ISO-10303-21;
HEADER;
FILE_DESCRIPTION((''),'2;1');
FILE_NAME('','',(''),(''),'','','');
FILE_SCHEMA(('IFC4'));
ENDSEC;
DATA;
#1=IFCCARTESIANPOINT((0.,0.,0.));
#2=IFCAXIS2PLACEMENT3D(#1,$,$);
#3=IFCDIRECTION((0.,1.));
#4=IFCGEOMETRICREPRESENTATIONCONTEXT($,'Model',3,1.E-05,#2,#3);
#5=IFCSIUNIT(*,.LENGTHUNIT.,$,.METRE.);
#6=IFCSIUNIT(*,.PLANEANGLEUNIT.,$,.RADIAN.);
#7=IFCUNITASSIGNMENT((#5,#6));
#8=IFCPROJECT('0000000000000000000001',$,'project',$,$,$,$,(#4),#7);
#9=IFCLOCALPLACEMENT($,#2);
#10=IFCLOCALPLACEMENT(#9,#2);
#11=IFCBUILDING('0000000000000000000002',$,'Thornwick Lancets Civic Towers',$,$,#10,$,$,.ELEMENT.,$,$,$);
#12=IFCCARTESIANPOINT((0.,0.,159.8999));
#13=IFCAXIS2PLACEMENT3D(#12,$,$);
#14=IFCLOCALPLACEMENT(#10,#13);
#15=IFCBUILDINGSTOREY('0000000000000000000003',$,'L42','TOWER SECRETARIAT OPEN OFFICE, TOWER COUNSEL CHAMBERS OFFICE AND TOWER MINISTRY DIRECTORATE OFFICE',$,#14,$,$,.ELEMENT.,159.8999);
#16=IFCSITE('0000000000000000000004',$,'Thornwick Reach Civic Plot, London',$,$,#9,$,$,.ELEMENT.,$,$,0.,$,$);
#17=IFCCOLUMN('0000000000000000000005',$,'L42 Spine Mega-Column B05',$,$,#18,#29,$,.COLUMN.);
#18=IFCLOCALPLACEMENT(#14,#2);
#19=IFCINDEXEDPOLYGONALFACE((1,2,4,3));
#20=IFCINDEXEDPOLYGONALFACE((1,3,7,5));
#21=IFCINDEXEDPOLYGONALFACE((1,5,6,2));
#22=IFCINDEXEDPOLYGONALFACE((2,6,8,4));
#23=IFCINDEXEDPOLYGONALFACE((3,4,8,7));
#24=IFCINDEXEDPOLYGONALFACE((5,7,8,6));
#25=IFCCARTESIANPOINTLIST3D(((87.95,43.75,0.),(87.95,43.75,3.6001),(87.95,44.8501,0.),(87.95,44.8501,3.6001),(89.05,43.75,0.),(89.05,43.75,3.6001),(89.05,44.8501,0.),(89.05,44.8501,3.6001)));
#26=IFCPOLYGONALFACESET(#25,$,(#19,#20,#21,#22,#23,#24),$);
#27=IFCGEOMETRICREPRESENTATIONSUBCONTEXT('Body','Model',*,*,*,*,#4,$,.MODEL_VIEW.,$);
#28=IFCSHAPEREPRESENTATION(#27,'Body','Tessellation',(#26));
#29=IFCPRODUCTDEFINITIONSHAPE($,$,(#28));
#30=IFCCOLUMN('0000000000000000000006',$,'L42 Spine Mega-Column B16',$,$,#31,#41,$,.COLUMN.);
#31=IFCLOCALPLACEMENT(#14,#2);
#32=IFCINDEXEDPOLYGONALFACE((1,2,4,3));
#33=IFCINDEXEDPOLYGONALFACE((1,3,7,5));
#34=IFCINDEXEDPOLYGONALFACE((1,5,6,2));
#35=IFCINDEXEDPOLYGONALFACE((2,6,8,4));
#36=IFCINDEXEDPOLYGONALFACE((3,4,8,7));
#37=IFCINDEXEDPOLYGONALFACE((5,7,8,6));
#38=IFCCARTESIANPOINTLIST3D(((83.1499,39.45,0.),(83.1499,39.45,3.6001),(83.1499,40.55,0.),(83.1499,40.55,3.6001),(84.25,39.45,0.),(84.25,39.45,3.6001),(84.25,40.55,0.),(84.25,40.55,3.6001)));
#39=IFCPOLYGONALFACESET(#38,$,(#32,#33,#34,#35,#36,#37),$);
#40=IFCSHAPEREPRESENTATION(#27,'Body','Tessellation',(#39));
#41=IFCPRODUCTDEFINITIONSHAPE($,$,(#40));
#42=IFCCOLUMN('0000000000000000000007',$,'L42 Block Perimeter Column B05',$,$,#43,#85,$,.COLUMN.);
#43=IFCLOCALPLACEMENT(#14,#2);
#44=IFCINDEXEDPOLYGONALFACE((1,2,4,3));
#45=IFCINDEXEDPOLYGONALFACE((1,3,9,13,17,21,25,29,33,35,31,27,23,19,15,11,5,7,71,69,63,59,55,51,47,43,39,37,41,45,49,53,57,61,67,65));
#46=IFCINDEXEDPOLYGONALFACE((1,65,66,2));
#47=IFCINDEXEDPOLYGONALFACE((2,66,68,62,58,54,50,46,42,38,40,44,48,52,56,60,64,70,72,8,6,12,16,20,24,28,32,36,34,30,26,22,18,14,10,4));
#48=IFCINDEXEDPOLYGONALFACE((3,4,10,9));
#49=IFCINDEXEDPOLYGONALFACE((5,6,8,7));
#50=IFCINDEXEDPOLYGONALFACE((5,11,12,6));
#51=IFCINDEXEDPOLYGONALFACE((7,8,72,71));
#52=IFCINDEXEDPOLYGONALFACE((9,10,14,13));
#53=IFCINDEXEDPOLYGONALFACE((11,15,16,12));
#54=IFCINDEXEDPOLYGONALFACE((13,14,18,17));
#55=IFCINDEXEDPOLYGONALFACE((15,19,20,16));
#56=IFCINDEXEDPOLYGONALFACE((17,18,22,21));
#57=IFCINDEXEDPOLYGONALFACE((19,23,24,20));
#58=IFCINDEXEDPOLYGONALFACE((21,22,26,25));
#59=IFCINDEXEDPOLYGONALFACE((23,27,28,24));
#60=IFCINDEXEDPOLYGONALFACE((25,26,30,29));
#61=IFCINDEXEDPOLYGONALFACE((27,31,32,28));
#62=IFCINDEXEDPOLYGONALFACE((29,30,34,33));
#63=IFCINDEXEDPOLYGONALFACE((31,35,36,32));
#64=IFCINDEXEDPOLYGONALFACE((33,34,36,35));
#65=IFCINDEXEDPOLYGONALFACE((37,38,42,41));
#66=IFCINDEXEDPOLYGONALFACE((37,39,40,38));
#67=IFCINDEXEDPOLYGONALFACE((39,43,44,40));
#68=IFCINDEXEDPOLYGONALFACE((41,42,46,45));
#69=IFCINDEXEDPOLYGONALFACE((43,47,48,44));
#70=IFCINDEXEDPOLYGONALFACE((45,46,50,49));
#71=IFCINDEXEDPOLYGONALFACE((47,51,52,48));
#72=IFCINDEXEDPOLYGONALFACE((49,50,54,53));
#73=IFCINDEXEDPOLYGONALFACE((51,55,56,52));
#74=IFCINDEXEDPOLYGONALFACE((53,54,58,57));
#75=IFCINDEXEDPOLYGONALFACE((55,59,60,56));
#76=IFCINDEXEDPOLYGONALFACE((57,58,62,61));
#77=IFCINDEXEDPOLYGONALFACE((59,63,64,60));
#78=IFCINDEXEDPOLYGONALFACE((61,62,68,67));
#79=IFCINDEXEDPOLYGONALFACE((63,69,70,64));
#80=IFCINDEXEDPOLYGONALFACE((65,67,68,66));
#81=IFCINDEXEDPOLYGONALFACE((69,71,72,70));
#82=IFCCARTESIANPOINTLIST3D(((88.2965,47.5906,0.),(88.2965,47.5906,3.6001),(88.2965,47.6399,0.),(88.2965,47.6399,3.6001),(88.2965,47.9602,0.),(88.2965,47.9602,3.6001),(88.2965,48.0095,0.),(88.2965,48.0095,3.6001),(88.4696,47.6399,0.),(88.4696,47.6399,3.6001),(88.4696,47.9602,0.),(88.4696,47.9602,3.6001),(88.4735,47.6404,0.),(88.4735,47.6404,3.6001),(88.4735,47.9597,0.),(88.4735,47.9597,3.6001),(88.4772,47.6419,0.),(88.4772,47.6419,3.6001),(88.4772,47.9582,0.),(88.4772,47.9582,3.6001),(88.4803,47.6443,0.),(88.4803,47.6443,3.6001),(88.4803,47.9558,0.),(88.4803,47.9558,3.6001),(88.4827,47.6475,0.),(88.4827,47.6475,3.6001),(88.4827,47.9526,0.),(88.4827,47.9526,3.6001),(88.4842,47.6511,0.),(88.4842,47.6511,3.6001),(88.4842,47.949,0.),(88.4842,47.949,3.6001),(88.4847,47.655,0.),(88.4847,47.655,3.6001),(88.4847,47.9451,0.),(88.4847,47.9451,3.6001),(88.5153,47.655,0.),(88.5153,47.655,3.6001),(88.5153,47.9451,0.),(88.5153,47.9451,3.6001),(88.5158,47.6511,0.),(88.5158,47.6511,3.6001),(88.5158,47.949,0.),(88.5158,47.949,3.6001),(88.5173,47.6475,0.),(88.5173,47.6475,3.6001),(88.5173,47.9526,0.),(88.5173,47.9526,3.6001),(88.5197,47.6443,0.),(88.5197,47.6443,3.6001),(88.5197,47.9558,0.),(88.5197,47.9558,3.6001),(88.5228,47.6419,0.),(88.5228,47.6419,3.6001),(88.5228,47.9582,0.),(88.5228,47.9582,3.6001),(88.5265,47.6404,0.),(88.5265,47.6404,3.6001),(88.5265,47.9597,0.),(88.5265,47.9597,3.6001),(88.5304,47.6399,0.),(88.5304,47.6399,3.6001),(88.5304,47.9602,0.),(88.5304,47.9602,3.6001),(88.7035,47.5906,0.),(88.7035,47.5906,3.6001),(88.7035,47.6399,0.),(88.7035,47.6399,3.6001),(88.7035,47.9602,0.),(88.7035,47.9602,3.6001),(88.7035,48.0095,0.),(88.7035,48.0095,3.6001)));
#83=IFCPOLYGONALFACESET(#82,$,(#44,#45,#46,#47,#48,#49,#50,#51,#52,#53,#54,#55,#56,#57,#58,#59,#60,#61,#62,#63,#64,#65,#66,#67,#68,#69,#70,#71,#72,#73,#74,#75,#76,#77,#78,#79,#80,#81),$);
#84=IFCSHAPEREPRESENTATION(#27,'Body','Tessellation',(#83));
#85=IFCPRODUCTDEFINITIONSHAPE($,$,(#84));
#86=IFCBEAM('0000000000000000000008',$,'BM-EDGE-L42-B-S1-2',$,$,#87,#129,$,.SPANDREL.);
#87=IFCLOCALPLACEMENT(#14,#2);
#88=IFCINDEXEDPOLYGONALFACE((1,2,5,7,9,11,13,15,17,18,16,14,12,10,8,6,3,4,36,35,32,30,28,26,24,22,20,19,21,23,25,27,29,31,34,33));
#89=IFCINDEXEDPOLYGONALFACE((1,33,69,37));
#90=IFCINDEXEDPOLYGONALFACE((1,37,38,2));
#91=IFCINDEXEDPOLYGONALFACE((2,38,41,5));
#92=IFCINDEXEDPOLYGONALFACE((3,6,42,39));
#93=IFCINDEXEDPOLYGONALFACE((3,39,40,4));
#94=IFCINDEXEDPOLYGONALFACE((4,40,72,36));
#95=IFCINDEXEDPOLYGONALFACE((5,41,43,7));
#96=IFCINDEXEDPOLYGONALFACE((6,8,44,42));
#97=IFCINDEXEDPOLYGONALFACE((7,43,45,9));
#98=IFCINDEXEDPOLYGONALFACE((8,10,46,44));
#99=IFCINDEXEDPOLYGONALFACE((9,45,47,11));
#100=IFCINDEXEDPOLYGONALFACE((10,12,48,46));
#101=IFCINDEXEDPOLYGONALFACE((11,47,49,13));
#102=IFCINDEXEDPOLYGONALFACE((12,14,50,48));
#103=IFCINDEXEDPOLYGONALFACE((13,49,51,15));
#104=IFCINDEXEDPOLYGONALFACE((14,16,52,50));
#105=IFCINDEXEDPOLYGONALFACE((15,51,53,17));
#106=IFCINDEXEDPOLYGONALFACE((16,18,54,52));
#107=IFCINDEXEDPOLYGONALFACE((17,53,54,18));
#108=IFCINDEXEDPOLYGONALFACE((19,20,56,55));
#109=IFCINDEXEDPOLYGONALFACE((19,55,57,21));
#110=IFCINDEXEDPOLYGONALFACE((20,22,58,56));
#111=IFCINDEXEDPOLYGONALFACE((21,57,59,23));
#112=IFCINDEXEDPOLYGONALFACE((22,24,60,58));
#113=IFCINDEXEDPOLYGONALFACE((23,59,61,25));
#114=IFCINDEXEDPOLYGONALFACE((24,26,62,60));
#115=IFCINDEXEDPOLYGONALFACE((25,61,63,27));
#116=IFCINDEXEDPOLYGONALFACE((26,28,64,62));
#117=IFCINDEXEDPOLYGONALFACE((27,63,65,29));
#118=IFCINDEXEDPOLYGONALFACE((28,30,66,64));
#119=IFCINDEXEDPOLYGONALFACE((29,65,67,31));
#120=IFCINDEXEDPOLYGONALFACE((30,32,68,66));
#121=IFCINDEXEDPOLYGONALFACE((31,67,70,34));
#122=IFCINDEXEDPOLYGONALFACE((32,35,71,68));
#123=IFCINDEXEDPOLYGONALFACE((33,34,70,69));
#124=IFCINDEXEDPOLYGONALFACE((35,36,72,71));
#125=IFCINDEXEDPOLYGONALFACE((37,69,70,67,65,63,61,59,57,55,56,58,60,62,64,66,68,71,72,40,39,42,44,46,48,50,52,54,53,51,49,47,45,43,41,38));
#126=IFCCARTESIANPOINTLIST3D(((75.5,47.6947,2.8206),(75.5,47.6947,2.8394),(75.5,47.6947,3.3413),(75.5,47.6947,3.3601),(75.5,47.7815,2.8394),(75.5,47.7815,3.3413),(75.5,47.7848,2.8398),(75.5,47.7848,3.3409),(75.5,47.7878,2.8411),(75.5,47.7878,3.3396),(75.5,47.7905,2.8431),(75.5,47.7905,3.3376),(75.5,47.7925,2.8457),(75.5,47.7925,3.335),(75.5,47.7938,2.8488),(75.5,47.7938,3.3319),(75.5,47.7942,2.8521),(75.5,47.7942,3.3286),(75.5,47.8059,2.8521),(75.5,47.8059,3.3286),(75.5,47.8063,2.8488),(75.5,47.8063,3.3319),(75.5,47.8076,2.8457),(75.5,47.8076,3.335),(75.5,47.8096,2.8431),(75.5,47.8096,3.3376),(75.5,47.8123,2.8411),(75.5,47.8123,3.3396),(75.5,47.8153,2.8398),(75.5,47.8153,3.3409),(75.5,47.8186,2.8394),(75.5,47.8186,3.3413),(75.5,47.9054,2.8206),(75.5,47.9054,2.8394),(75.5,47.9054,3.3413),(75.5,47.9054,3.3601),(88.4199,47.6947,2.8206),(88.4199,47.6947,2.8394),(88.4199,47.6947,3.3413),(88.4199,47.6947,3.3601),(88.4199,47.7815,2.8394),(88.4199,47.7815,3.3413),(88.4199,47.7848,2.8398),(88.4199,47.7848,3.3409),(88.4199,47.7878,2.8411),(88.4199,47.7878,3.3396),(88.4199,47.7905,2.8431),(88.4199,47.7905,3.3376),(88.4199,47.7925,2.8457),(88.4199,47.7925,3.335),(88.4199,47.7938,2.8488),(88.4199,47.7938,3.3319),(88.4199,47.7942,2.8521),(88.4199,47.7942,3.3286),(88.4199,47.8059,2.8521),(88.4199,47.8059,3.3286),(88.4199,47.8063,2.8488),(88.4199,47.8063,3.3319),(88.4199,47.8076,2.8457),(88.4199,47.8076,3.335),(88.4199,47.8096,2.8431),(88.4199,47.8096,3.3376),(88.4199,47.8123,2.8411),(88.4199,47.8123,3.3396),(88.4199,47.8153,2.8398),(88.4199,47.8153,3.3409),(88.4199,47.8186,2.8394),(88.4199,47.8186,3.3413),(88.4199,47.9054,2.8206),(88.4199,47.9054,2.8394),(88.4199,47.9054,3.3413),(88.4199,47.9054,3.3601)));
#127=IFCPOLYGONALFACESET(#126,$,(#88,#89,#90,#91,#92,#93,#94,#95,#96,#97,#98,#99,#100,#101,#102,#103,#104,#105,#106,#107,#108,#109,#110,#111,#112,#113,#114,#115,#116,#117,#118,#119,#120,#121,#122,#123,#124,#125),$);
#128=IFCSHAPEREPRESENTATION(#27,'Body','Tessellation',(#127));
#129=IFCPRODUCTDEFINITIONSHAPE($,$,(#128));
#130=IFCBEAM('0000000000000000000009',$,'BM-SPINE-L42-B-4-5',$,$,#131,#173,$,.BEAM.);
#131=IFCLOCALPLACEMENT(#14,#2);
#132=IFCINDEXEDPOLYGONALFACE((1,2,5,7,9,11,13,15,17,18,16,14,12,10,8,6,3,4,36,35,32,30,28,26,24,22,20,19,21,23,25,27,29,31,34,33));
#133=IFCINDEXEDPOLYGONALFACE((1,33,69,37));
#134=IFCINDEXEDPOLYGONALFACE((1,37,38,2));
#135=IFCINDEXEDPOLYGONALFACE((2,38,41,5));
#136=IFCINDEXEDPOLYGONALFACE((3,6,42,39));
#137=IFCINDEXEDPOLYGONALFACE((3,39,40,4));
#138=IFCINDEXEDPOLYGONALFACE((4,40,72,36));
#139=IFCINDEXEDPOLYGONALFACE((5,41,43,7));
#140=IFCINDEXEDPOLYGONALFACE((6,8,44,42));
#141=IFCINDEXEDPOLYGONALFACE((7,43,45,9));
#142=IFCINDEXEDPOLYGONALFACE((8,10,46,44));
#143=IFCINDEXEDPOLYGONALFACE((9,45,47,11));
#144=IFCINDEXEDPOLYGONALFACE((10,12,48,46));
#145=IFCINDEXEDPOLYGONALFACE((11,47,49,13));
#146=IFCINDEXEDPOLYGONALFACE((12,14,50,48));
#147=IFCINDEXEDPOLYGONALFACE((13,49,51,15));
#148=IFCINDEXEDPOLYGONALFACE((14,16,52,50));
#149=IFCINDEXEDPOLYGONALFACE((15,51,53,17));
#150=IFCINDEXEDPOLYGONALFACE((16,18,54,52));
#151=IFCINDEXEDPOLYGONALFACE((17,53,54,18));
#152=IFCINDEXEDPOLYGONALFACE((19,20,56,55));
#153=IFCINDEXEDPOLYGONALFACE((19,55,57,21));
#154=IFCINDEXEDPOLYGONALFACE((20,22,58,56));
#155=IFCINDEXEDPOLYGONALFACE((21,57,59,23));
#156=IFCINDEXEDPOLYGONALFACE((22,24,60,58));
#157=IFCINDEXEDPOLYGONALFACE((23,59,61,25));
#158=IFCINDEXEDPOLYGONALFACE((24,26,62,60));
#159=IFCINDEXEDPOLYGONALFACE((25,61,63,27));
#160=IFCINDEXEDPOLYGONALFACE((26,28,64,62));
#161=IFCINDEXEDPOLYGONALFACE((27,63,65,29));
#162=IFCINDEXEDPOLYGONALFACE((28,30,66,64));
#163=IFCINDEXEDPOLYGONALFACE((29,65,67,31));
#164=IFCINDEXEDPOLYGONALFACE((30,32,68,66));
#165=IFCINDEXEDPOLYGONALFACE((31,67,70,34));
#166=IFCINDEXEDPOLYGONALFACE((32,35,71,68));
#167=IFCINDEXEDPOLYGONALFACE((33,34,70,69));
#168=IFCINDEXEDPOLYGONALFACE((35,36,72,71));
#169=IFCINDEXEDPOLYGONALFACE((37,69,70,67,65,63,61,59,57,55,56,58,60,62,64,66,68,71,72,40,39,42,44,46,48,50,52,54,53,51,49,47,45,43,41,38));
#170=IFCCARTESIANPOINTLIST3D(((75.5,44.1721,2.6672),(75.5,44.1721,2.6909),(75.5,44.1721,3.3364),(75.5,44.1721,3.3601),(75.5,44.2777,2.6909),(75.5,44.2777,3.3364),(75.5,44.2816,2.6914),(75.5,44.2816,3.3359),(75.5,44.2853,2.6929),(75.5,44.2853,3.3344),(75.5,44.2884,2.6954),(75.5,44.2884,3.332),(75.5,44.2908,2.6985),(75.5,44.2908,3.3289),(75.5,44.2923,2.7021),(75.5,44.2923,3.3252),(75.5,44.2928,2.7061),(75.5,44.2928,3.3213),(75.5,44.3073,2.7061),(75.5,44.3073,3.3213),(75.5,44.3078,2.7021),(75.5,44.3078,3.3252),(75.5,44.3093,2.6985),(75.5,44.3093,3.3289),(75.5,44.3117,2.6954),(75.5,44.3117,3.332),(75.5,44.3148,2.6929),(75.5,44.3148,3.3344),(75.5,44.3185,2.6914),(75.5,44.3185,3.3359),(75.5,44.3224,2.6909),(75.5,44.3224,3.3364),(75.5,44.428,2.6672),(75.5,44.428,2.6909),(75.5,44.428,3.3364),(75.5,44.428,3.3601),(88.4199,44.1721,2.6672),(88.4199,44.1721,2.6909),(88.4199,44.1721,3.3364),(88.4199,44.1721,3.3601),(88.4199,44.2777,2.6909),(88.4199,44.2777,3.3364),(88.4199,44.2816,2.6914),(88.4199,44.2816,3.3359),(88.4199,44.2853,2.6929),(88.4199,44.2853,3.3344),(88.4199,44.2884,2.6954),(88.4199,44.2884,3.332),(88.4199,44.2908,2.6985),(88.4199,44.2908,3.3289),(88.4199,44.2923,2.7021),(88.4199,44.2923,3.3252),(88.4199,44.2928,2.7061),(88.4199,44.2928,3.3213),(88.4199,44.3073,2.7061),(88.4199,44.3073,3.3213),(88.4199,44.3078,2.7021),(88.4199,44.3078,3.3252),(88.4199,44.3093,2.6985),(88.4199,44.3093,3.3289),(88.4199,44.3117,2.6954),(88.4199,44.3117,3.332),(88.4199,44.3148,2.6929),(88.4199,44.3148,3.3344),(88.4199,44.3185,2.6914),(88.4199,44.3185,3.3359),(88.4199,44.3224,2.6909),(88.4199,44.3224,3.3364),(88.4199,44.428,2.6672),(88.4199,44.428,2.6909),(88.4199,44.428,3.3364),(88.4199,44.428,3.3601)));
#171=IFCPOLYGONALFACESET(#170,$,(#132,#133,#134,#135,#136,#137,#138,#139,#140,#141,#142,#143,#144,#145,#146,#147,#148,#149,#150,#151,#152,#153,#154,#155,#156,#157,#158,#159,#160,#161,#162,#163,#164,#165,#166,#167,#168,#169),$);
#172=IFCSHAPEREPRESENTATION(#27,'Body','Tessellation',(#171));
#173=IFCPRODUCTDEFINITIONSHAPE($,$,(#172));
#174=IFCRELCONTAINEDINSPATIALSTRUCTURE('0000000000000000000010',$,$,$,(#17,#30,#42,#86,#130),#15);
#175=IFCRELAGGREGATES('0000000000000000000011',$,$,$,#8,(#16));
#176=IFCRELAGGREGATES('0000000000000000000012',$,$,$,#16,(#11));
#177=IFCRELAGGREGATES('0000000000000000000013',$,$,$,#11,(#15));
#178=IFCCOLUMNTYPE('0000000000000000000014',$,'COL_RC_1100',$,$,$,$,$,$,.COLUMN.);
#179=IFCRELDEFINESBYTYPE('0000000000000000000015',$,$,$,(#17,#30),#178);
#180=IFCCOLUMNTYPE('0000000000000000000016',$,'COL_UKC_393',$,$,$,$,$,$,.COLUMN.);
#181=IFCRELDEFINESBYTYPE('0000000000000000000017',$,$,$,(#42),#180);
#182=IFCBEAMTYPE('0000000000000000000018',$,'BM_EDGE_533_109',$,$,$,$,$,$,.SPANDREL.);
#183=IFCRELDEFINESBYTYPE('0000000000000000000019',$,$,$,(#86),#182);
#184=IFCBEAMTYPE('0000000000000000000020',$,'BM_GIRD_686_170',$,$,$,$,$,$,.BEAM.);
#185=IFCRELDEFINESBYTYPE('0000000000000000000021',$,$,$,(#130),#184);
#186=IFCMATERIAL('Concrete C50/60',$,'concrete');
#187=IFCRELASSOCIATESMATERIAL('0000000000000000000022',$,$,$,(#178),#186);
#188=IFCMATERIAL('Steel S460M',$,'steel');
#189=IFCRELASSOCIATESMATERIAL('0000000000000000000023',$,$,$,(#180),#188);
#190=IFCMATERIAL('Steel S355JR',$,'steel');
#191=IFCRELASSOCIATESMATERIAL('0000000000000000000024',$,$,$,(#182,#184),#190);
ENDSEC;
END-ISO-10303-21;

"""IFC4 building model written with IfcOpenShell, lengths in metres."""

from ifc_helpers import new_model, si_unit, direction, frame, origin, origin_2d, place, context, subcontext, project, spatial, rectangle, i_section, extrude, material, material_profile, profile_set, type_object, element, save


model = new_model("IFC4")

# Units and contexts
model_context = context("Model", 3, precision=1e-05, world=origin(), true_north=direction((0.0, 1.0)))
body_context = subcontext(model_context, "Body", "Model", "MODEL_VIEW")
ifc_project = project(units=[si_unit("LENGTHUNIT", "METRE"), si_unit("PLANEANGLEUNIT", "RADIAN")], contexts=[model_context])

# Site, building, storey
site_placement = place(None, origin())
site = spatial("IfcSite", under=ifc_project, at=site_placement, Name="Thornwick Reach Civic Plot, London", CompositionType="ELEMENT", RefElevation=0.0)
building_placement = place(site_placement, origin())
building = spatial("IfcBuilding", under=site, at=building_placement, Name="Thornwick Lancets Civic Towers", CompositionType="ELEMENT")
storey_placement = place(building_placement, frame((0.0, 0.0, 159.8999)))
storey = spatial("IfcBuildingStorey", under=building, at=storey_placement, Name="L42", Description="TOWER SECRETARIAT OPEN OFFICE, TOWER COUNSEL CHAMBERS OFFICE AND TOWER MINISTRY DIRECTORATE OFFICE", CompositionType="ELEMENT", Elevation=159.8999)

# Columns
ifc_material_1 = material(Name="Concrete C50/60", Category="concrete")
ifc_material_profile_1 = material_profile(ifc_material_1, rectangle(XDim=1.1001, YDim=1.1001, at=origin_2d()), Name="RC 1100x1100")
ifc_profile_set_1 = profile_set([ifc_material_profile_1], Name="Concrete C50/60")
column_type_1 = type_object("IfcColumnType", Name="COL_RC_1100", PredefinedType="COLUMN", material=ifc_profile_set_1)
for number, where, z_axis, x_axis, name in (
    (1, (88.5, 44.3, 0.0), (0.0, 0.0, 1.0), (1.0, 0.0, 0.0), "L42 Spine Mega-Column B05"),
    (2, (83.7, 40.0, 0.0), (0.0, 0.0, 1.0), (1.0, 0.0, 0.0), "L42 Spine Mega-Column B16"),
):
    element("IfcColumn", number, at=place(storey_placement, frame(where, z_axis=z_axis, x_axis=x_axis)), inside=storey, type_object=column_type_1, Name=name, PredefinedType="COLUMN", context=body_context, shape_type="SweptSolid", body=[
        extrude(rectangle(XDim=1.1001, YDim=1.1001, at=origin_2d()), origin(), (0.0, 0.0, 1.0), 3.6001),
    ])
ifc_material_2 = material(Name="Steel S460M", Category="steel")
ifc_material_profile_2 = material_profile(ifc_material_2, i_section(OverallWidth=0.407, OverallDepth=0.4189, WebThickness=0.0305, FlangeThickness=0.0493, FilletRadius=0.0151, at=origin_2d()), Name="UKC 356x406x393")
ifc_profile_set_2 = profile_set([ifc_material_profile_2], Name="Steel S460M")
column_type_2 = type_object("IfcColumnType", Name="COL_UKC_393", PredefinedType="COLUMN", material=ifc_profile_set_2)
column_placement = place(storey_placement, frame((88.5, 47.8, 0.0), z_axis=(0.0, 0.0, 1.0), x_axis=(1.0, 0.0, 0.0)))
element("IfcColumn", 3, at=column_placement, inside=storey, type_object=column_type_2, Name="L42 Block Perimeter Column B05", PredefinedType="COLUMN", context=body_context, shape_type="SweptSolid", body=[
    extrude(i_section(OverallWidth=0.407, OverallDepth=0.4189, WebThickness=0.0305, FlangeThickness=0.0493, FilletRadius=0.0151, at=origin_2d()), origin(), (0.0, 0.0, 1.0), 3.6001),
])

# Beams
ifc_material_3 = material(Name="Steel S355JR", Category="steel")
ifc_material_profile_3 = material_profile(ifc_material_3, i_section(OverallWidth=0.2107, OverallDepth=0.5396, WebThickness=0.0117, FlangeThickness=0.0188, FilletRadius=0.0127, at=origin_2d()), Name="UKB 533x210x109")
ifc_profile_set_3 = profile_set([ifc_material_profile_3], Name="Steel S355JR")
beam_type_1 = type_object("IfcBeamType", Name="BM_EDGE_533_109", PredefinedType="SPANDREL", material=ifc_profile_set_3)
beam_1_placement = place(storey_placement, frame((88.4199, 47.8, 3.0903), z_axis=(-1.0, 0.0, 0.0), x_axis=(0.0, -1.0, 0.0)))
element("IfcBeam", 4, at=beam_1_placement, inside=storey, type_object=beam_type_1, Name="BM-EDGE-L42-B-S1-2", PredefinedType="SPANDREL", context=body_context, shape_type="SweptSolid", body=[
    extrude(i_section(OverallWidth=0.2107, OverallDepth=0.5396, WebThickness=0.0117, FlangeThickness=0.0188, FilletRadius=0.0127, at=origin_2d()), origin(), (0.0, 0.0, 1.0), 12.9199),
])
ifc_material_profile_4 = material_profile(ifc_material_3, i_section(OverallWidth=0.2559, OverallDepth=0.6929, WebThickness=0.0144, FlangeThickness=0.0237, FilletRadius=0.0151, at=origin_2d()), Name="UKB 686x254x170")
ifc_profile_set_4 = profile_set([ifc_material_profile_4], Name="Steel S355JR")
beam_type_2 = type_object("IfcBeamType", Name="BM_GIRD_686_170", PredefinedType="BEAM", material=ifc_profile_set_4)
beam_2_placement = place(storey_placement, frame((88.4199, 44.3, 3.0137), z_axis=(-1.0, 0.0, 0.0), x_axis=(0.0, -1.0, 0.0)))
element("IfcBeam", 5, at=beam_2_placement, inside=storey, type_object=beam_type_2, Name="BM-SPINE-L42-B-4-5", PredefinedType="BEAM", context=body_context, shape_type="SweptSolid", body=[
    extrude(i_section(OverallWidth=0.2559, OverallDepth=0.6929, WebThickness=0.0144, FlangeThickness=0.0237, FilletRadius=0.0151, at=origin_2d()), origin(), (0.0, 0.0, 1.0), 12.9199),
])

save(model, "model.ifc")
